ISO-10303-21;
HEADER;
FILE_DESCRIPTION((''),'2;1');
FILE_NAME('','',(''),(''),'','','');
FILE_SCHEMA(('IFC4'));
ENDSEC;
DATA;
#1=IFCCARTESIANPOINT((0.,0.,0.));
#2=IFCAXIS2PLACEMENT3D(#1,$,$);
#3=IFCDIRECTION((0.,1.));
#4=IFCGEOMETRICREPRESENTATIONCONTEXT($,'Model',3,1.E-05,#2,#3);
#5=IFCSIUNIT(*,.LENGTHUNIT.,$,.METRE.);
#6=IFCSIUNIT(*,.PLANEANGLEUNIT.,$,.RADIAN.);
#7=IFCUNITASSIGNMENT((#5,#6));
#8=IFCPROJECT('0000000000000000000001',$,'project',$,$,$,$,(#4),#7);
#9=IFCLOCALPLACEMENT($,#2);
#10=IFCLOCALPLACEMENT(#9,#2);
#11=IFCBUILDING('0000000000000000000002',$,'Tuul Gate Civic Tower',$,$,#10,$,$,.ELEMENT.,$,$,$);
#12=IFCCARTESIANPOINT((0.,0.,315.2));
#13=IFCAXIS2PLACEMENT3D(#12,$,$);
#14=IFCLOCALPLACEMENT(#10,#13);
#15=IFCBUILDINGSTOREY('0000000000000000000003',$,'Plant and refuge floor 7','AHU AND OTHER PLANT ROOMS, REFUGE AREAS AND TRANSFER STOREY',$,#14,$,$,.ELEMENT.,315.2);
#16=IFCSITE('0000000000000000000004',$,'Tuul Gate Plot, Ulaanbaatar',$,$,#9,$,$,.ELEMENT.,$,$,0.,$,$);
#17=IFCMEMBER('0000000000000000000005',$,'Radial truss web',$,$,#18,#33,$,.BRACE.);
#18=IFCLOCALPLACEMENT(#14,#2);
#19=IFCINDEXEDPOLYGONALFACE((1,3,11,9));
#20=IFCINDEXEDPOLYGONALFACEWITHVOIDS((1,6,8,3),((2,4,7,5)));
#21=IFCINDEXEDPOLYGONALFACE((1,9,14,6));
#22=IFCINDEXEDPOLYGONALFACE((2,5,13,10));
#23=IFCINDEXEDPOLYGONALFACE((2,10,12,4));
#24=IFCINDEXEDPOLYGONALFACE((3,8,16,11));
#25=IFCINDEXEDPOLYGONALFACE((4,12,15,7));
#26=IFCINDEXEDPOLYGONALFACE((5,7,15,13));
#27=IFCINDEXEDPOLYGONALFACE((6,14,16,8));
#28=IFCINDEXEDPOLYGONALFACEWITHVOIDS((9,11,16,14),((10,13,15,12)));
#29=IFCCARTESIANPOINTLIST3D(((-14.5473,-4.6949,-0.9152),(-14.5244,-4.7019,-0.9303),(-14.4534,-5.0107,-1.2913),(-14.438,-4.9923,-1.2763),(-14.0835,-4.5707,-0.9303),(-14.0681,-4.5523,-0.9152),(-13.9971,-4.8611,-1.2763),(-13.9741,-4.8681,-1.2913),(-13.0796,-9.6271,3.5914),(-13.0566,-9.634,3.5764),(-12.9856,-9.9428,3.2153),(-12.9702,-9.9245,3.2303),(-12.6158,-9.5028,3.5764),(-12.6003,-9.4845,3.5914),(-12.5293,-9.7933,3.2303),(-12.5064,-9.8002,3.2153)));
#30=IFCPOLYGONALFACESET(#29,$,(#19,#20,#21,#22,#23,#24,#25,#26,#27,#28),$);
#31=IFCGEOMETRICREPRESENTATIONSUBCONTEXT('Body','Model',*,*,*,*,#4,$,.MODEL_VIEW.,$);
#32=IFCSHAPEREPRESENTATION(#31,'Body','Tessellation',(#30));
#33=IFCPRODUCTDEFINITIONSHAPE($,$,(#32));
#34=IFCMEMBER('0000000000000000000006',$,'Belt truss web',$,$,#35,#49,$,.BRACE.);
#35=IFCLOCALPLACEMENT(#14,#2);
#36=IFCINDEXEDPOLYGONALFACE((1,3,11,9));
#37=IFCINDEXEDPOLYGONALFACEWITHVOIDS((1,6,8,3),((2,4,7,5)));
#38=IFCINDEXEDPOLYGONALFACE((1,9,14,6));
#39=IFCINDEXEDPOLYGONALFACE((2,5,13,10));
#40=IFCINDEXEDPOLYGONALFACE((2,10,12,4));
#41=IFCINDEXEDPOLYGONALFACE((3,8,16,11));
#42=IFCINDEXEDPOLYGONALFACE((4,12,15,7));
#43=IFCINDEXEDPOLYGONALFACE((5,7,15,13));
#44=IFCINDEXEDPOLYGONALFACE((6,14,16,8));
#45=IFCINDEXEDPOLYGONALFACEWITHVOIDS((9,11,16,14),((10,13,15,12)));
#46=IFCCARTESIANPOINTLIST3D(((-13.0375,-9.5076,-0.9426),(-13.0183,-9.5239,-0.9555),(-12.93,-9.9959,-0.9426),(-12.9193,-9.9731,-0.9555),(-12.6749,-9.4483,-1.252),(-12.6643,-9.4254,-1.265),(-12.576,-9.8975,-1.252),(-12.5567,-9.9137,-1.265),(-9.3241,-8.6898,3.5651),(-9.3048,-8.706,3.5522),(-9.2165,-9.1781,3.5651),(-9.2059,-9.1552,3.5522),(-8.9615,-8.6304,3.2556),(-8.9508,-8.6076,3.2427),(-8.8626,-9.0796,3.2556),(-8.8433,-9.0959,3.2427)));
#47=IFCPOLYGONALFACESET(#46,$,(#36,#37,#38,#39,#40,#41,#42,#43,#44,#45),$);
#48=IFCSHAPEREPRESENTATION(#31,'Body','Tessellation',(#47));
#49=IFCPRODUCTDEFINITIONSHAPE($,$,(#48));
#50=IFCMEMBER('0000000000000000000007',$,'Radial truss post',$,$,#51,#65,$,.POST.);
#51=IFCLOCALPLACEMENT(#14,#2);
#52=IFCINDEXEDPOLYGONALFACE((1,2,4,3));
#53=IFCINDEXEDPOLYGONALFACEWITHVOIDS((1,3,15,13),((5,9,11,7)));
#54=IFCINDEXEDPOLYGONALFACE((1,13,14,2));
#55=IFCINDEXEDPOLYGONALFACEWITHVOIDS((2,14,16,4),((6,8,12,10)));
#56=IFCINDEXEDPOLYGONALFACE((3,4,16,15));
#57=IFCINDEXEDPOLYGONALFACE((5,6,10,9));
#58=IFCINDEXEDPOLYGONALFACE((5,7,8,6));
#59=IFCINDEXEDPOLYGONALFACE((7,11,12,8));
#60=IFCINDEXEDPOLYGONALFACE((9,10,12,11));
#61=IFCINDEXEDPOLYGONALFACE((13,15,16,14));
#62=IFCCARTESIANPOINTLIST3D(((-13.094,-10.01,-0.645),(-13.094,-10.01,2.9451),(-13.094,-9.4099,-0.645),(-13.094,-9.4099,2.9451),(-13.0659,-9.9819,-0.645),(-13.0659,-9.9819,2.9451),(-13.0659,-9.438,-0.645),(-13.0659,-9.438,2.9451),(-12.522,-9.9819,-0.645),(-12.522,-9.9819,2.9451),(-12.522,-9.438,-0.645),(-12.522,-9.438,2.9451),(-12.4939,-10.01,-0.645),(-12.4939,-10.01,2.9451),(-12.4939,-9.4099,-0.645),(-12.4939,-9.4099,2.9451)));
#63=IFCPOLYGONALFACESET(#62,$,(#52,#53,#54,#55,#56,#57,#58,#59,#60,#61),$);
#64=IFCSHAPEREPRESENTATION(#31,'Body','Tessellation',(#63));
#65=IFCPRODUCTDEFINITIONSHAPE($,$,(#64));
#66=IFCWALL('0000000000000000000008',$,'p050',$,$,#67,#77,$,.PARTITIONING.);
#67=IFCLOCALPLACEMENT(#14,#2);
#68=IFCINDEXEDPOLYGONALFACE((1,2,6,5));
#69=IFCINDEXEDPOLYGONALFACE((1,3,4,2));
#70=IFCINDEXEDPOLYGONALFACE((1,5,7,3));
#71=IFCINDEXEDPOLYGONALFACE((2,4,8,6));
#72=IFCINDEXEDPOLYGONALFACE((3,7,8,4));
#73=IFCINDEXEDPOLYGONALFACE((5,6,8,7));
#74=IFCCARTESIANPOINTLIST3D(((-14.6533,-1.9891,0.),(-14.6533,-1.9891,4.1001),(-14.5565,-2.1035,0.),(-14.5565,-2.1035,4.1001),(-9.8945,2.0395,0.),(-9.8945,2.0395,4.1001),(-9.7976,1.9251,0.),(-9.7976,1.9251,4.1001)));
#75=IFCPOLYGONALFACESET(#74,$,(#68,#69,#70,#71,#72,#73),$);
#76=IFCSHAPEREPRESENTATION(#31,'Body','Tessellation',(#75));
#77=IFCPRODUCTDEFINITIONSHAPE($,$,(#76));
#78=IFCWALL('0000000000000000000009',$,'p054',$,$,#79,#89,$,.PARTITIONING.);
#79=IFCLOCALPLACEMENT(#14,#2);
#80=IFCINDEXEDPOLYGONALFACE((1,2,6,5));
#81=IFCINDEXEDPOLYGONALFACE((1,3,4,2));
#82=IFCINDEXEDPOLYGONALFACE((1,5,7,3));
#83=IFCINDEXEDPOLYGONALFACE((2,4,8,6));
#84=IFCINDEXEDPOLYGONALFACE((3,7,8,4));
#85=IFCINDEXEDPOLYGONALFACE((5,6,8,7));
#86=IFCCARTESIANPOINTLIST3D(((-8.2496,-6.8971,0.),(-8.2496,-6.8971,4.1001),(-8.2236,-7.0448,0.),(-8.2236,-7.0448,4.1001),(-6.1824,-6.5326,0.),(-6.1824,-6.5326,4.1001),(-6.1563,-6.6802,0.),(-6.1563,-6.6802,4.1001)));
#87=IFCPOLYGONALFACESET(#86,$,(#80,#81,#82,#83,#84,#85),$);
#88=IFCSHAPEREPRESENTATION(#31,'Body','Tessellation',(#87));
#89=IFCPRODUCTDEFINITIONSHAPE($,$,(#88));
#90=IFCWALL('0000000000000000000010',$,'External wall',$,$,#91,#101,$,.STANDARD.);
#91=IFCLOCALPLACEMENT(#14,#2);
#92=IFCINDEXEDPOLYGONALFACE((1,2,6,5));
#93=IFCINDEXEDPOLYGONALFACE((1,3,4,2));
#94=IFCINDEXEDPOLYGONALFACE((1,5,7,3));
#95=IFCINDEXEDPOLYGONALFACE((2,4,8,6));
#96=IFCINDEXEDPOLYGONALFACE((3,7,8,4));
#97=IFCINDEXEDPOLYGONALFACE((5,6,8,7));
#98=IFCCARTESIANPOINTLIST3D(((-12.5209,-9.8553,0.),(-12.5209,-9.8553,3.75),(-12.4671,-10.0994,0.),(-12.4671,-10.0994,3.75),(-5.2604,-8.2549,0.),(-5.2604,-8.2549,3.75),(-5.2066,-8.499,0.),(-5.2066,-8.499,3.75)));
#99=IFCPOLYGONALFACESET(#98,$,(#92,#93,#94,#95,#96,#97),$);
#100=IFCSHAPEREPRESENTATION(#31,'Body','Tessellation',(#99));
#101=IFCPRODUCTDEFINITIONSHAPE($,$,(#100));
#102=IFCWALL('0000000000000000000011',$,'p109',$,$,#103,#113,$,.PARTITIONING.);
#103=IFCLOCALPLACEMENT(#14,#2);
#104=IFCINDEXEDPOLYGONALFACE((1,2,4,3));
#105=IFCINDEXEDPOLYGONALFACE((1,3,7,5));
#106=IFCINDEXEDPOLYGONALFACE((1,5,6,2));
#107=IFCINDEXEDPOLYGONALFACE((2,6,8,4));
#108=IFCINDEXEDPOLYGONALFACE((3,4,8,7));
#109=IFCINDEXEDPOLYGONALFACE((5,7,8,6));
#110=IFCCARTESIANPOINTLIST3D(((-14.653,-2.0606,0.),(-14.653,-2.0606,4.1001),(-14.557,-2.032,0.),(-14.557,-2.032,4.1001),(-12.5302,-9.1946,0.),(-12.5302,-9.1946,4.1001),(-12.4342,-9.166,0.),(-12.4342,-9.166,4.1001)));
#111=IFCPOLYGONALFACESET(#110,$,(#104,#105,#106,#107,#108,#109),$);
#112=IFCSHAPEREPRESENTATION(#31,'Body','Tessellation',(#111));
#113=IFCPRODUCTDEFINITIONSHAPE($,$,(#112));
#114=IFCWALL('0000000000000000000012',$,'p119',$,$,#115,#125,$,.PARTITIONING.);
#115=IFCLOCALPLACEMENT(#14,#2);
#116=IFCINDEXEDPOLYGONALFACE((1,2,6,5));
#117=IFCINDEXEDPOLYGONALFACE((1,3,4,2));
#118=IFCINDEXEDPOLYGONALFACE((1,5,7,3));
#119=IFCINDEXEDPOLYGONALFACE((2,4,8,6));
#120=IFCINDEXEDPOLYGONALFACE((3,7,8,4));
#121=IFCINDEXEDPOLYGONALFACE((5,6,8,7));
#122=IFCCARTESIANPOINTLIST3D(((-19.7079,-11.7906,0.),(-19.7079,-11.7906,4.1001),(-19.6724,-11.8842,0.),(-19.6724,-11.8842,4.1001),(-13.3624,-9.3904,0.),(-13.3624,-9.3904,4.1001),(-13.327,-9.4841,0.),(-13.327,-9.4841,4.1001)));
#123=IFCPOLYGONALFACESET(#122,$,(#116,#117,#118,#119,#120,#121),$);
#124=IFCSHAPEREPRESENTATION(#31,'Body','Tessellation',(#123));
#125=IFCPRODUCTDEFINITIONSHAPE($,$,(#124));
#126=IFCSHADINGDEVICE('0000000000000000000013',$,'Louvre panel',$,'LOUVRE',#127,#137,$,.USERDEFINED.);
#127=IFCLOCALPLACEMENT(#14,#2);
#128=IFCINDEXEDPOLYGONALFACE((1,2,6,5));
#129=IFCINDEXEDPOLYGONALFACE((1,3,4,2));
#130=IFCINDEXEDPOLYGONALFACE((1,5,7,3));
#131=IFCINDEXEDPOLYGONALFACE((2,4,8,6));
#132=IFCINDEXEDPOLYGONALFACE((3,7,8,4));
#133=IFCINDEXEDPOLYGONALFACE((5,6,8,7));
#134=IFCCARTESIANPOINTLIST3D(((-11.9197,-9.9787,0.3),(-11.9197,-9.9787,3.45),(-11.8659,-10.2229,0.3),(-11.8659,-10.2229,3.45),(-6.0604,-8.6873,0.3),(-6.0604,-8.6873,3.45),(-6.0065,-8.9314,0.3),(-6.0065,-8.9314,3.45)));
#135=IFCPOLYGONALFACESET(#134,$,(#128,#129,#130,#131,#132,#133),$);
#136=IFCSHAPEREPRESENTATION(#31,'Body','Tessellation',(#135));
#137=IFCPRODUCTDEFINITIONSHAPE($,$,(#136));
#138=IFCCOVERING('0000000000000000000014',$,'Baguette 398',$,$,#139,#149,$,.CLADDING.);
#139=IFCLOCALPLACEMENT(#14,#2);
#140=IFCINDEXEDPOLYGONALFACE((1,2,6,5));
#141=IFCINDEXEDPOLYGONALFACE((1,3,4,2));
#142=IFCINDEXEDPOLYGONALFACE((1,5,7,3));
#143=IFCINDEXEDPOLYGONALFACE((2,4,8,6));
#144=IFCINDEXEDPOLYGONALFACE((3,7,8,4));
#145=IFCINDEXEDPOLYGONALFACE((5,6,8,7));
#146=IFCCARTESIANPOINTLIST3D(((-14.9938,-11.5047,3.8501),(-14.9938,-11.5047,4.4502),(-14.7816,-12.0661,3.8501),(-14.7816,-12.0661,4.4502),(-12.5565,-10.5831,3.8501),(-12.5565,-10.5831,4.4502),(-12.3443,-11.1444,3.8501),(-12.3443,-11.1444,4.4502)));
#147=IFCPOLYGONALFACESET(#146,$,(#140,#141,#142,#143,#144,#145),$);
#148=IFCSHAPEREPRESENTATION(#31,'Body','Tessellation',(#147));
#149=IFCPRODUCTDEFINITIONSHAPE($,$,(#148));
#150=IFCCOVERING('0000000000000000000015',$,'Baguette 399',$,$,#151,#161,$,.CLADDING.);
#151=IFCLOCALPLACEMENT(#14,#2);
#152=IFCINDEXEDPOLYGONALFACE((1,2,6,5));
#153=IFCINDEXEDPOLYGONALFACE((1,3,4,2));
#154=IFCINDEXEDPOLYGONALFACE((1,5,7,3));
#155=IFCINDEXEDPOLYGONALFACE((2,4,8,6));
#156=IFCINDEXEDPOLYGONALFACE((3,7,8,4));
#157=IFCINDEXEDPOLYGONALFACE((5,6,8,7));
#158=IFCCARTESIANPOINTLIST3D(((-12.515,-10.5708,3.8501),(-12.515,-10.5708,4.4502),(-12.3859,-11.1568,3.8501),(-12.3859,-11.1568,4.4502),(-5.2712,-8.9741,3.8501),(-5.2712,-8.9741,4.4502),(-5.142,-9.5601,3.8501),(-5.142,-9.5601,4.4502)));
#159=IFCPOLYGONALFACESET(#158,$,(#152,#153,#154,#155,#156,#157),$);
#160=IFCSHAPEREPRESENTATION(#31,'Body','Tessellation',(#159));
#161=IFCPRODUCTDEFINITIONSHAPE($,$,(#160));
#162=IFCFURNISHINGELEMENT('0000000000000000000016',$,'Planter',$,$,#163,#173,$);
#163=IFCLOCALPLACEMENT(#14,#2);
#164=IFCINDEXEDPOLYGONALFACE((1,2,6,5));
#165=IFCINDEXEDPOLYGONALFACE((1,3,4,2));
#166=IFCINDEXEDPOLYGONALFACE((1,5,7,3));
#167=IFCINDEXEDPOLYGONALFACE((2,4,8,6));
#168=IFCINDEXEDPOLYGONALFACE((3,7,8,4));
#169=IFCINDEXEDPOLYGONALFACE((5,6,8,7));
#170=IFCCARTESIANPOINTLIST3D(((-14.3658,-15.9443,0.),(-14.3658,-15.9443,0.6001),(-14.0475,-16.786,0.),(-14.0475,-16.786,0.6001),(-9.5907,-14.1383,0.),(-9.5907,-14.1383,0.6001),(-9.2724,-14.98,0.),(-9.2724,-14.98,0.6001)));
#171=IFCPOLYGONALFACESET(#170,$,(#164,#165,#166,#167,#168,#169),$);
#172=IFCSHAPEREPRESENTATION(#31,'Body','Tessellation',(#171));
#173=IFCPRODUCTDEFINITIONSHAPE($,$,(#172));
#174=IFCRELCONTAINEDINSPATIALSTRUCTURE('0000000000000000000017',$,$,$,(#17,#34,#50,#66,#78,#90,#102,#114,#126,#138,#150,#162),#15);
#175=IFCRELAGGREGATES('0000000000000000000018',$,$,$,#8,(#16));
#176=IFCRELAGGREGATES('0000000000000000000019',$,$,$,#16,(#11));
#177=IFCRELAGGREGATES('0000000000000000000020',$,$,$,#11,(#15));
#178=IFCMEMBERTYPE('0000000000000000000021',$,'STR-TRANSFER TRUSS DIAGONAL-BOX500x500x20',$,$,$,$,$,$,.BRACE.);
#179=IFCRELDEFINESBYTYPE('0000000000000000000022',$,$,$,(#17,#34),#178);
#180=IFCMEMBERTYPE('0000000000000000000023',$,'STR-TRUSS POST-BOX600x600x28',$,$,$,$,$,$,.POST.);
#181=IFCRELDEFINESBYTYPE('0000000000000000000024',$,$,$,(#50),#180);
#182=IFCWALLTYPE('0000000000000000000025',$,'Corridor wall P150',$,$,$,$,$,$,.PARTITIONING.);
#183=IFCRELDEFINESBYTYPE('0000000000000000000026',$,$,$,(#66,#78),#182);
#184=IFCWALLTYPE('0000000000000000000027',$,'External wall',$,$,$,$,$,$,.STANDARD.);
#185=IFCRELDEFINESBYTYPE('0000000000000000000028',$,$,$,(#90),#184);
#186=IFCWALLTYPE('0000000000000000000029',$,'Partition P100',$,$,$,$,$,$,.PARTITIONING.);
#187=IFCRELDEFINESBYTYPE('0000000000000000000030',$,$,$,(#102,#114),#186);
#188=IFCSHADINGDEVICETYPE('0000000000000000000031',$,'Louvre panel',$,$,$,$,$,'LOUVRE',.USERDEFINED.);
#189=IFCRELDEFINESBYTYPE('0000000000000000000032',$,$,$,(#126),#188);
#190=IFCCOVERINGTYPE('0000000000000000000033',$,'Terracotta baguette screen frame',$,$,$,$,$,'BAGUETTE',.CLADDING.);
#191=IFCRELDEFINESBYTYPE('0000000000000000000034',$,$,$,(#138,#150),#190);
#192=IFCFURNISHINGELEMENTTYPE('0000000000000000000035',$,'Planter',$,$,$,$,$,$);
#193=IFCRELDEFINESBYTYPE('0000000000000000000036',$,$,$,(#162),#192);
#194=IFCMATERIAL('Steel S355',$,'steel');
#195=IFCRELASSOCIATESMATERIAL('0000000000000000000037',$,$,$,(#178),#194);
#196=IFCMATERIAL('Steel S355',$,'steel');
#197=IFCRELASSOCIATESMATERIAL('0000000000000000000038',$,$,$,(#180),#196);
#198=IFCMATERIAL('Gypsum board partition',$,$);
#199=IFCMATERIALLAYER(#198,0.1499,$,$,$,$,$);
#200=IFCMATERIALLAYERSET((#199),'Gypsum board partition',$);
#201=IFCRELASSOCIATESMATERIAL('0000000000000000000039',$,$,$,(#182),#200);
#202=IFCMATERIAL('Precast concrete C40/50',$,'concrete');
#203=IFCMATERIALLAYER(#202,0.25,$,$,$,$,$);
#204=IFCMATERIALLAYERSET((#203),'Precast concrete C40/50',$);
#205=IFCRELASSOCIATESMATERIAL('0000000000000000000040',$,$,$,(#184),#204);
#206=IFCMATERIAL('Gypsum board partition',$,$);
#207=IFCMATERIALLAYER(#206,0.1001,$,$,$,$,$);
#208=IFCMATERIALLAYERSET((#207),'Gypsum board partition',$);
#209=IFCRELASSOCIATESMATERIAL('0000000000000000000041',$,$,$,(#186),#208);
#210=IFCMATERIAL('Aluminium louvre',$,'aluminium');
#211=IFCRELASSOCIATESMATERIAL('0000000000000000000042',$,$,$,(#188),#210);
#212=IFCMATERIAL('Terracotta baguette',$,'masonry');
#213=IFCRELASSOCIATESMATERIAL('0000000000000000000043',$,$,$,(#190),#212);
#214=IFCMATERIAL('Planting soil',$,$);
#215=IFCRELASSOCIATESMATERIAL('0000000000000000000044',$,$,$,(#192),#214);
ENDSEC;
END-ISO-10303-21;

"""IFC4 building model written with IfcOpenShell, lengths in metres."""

from ifc_helpers import new_model, si_unit, direction, frame, frame_2d, origin, origin_2d, place, context, subcontext, project, spatial, rectangle, hollow_rectangle, extrude, material, layer, layer_set, material_profile, profile_set, type_object, element, save


model = new_model("IFC4")

# Units and contexts
model_context = context("Model", 3, precision=1e-05, world=origin(), true_north=direction((0.0, 1.0)))
body_context = subcontext(model_context, "Body", "Model", "MODEL_VIEW")
ifc_project = project(units=[si_unit("LENGTHUNIT", "METRE"), si_unit("PLANEANGLEUNIT", "RADIAN")], contexts=[model_context])

# Site, building, storey
site_placement = place(None, origin())
site = spatial("IfcSite", under=ifc_project, at=site_placement, Name="Tuul Gate Plot, Ulaanbaatar", CompositionType="ELEMENT", RefElevation=0.0)
building_placement = place(site_placement, origin())
building = spatial("IfcBuilding", under=site, at=building_placement, Name="Tuul Gate Civic Tower", CompositionType="ELEMENT")
storey_placement = place(building_placement, frame((0.0, 0.0, 315.2)))
storey = spatial("IfcBuildingStorey", under=building, at=storey_placement, Name="Plant and refuge floor 7", Description="AHU AND OTHER PLANT ROOMS, REFUGE AREAS AND TRANSFER STOREY", CompositionType="ELEMENT", Elevation=315.2)

# Members
ifc_material_1 = material(Name="Steel S355", Category="steel")
ifc_material_profile_1 = material_profile(ifc_material_1, hollow_rectangle(XDim=0.5, YDim=0.5, WallThickness=0.02, at=origin_2d()), Name="BOX500x500x20")
ifc_profile_set_1 = profile_set([ifc_material_profile_1], Name="Steel S355")
member_type_1 = type_object("IfcMemberType", Name="STR-TRANSFER TRUSS DIAGONAL-BOX500x500x20", PredefinedType="BRACE", material=ifc_profile_set_1)
member_1_placement = place(storey_placement, frame((-14.2607, -4.7815, -1.1033), z_axis=(0.214578, -0.72104, 0.65883), x_axis=(0.958459, 0.285232, 0.0)))
element("IfcMember", 1, at=member_1_placement, inside=storey, type_object=member_type_1, Name="Radial truss web", PredefinedType="BRACE", context=body_context, shape_type="SweptSolid", body=[
    extrude(hollow_rectangle(XDim=0.5, YDim=0.5, WallThickness=0.02, at=origin_2d()), origin(), (0.0, 0.0, 1.0), 6.8403),
])
member_2_placement = place(storey_placement, frame((-12.7971, -9.7107, -1.1038), z_axis=(0.629691, 0.138689, 0.764365), x_axis=(-0.215095, 0.976593, 0.0)))
element("IfcMember", 2, at=member_2_placement, inside=storey, type_object=member_type_1, Name="Belt truss web", PredefinedType="BRACE", context=body_context, shape_type="SweptSolid", body=[
    extrude(hollow_rectangle(XDim=0.5, YDim=0.5, WallThickness=0.02, at=origin_2d()), origin(), (0.0, 0.0, 1.0), 5.8972),
])
ifc_material_2 = material(Name="Steel S355", Category="steel")
ifc_material_profile_2 = material_profile(ifc_material_2, hollow_rectangle(XDim=0.6001, YDim=0.6001, WallThickness=0.0281, at=origin_2d()), Name="BOX600x600x28")
ifc_profile_set_2 = profile_set([ifc_material_profile_2], Name="Steel S355")
member_type_2 = type_object("IfcMemberType", Name="STR-TRUSS POST-BOX600x600x28", PredefinedType="POST", material=ifc_profile_set_2)
member_3_placement = place(storey_placement, frame((-12.7939, -9.71, -0.645), z_axis=(0.0, 0.0, 1.0), x_axis=(1.0, 0.0, 0.0)))
element("IfcMember", 3, at=member_3_placement, inside=storey, type_object=member_type_2, Name="Radial truss post", PredefinedType="POST", context=body_context, shape_type="SweptSolid", body=[
    extrude(hollow_rectangle(XDim=0.6001, YDim=0.6001, WallThickness=0.0281, at=origin_2d()), origin(), (0.0, 0.0, 1.0), 3.5901),
])

# Walls
ifc_material_3 = material(Name="Gypsum board partition")
ifc_layer_1 = layer(ifc_material_3, 0.1499)
ifc_layer_set_1 = layer_set([ifc_layer_1], Name="Gypsum board partition")
wall_type_1 = type_object("IfcWallType", Name="Corridor wall P150", PredefinedType="PARTITIONING", material=ifc_layer_set_1)
wall_1_placement = place(storey_placement, frame((-14.605, -2.0464, 0.0), z_axis=(0.0, 0.0, 1.0), x_axis=(0.763236, 0.64612, 0.0)))
element("IfcWall", 4, at=wall_1_placement, inside=storey, type_object=wall_type_1, Name="p050", PredefinedType="PARTITIONING", context=body_context, shape_type="SweptSolid", body=[
    extrude(rectangle(XDim=6.2351, YDim=0.1499, at=frame_2d((3.1177, 0.0))), origin(), (0.0, 0.0, 1.0), 4.1001),
])
wall_2_placement = place(storey_placement, frame((-8.2366, -6.9709, 0.0), z_axis=(0.0, 0.0, 1.0), x_axis=(0.984807, 0.173653, 0.0)))
element("IfcWall", 5, at=wall_2_placement, inside=storey, type_object=wall_type_1, Name="p054", PredefinedType="PARTITIONING", context=body_context, shape_type="SweptSolid", body=[
    extrude(rectangle(XDim=2.0991, YDim=0.1499, at=frame_2d((1.0496, 0.0))), origin(), (0.0, 0.0, 1.0), 4.1001),
])
ifc_material_4 = material(Name="Precast concrete C40/50", Category="concrete")
ifc_layer_2 = layer(ifc_material_4, 0.25)
ifc_layer_set_2 = layer_set([ifc_layer_2], Name="Precast concrete C40/50")
wall_type_2 = type_object("IfcWallType", Name="External wall", PredefinedType="STANDARD", material=ifc_layer_set_2)
wall_3_placement = place(storey_placement, frame((-12.4939, -9.9773, 0.0), z_axis=(0.0, 0.0, 1.0), x_axis=(0.976559, 0.215251, 0.0)))
element("IfcWall", 6, at=wall_3_placement, inside=storey, type_object=wall_type_2, Name="External wall", PredefinedType="STANDARD", context=body_context, shape_type="SweptSolid", body=[
    extrude(rectangle(XDim=7.4348, YDim=0.25, at=frame_2d((3.7173, 0.0))), origin(), (0.0, 0.0, 1.0), 3.75),
])
ifc_material_5 = material(Name="Gypsum board partition")
ifc_layer_3 = layer(ifc_material_5, 0.1001)
ifc_layer_set_3 = layer_set([ifc_layer_3], Name="Gypsum board partition")
wall_type_3 = type_object("IfcWallType", Name="Partition P100", PredefinedType="PARTITIONING", material=ifc_layer_set_3)
wall_4_placement = place(storey_placement, frame((-12.4822, -9.1804, 0.0), z_axis=(0.0, 0.0, 1.0), x_axis=(-0.285202, 0.958468, 0.0)))
element("IfcWall", 7, at=wall_4_placement, inside=storey, type_object=wall_type_3, Name="p109", PredefinedType="PARTITIONING", context=body_context, shape_type="SweptSolid", body=[
    extrude(rectangle(XDim=7.4431, YDim=0.1001, at=frame_2d((3.7217, 0.0))), origin(), (0.0, 0.0, 1.0), 4.1001),
])
wall_5_placement = place(storey_placement, frame((-13.3447, -9.4373, 0.0), z_axis=(0.0, 0.0, 1.0), x_axis=(-0.935327, -0.353784, 0.0)))
element("IfcWall", 8, at=wall_5_placement, inside=storey, type_object=wall_type_3, Name="p119", PredefinedType="PARTITIONING", context=body_context, shape_type="SweptSolid", body=[
    extrude(rectangle(XDim=6.7842, YDim=0.1001, at=frame_2d((3.3921, 0.0))), origin(), (0.0, 0.0, 1.0), 4.1001),
])

# Shading device
ifc_material_6 = material(Name="Aluminium louvre", Category="aluminium")
shading_device_type = type_object("IfcShadingDeviceType", Name="Louvre panel", ElementType="LOUVRE", PredefinedType="USERDEFINED", material=ifc_material_6)
shading_device_placement = place(storey_placement, frame((-8.9631, -9.4551, 0.3), z_axis=(0.0, 0.0, 1.0), x_axis=(0.215242, -0.976561, 0.0)))
element("IfcShadingDevice", 9, at=shading_device_placement, inside=storey, type_object=shading_device_type, Name="Louvre panel", ObjectType="LOUVRE", PredefinedType="USERDEFINED", context=body_context, shape_type="SweptSolid", body=[
    extrude(rectangle(XDim=0.25, YDim=6.0, at=origin_2d()), origin(), (0.0, 0.0, 1.0), 3.1499),
])

# Coverings
ifc_material_7 = material(Name="Terracotta baguette", Category="masonry")
ifc_material_profile_3 = material_profile(ifc_material_7, rectangle(XDim=0.6001, YDim=0.6001, at=origin_2d()), Name="Terracotta baguette screen frame")
ifc_profile_set_3 = profile_set([ifc_material_profile_3], Name="Terracotta baguette")
covering_type = type_object("IfcCoveringType", Name="Terracotta baguette screen frame", ElementType="BAGUETTE", PredefinedType="CLADDING", material=ifc_profile_set_3)
covering_1_placement = place(storey_placement, frame((-14.8877, -11.7854, 4.1501), z_axis=(0.935359, 0.353699, 0.0), x_axis=(-0.353699, 0.935359, 0.0)))
element("IfcCovering", 10, at=covering_1_placement, inside=storey, type_object=covering_type, Name="Baguette 398", PredefinedType="CLADDING", context=body_context, shape_type="SweptSolid", body=[
    extrude(rectangle(XDim=0.6001, YDim=0.6001, at=origin_2d()), origin(), (0.0, 0.0, 1.0), 2.6057),
])
covering_2_placement = place(storey_placement, frame((-12.4504, -10.8638, 4.1501), z_axis=(0.976559, 0.21525, 0.0), x_axis=(-0.21525, 0.976559, 0.0)))
element("IfcCovering", 11, at=covering_2_placement, inside=storey, type_object=covering_type, Name="Baguette 399", PredefinedType="CLADDING", context=body_context, shape_type="SweptSolid", body=[
    extrude(rectangle(XDim=0.6001, YDim=0.6001, at=origin_2d()), origin(), (0.0, 0.0, 1.0), 7.4177),
])

# Furnishing element
ifc_material_8 = material(Name="Planting soil")
furnishing_element_type = type_object("IfcFurnishingElementType", Name="Planter", material=ifc_material_8)
furnishing_placement = place(storey_placement, frame((-11.8191, -15.4622, 0.0), z_axis=(0.0, 0.0, 1.0), x_axis=(0.93534, 0.35375, 0.0)))
element("IfcFurnishingElement", 12, at=furnishing_placement, inside=storey, type_object=furnishing_element_type, Name="Planter", context=body_context, shape_type="SweptSolid", body=[
    extrude(rectangle(XDim=5.1052, YDim=0.8999, at=origin_2d()), origin(), (0.0, 0.0, 1.0), 0.6001),
])

save(model, "model.ifc")
